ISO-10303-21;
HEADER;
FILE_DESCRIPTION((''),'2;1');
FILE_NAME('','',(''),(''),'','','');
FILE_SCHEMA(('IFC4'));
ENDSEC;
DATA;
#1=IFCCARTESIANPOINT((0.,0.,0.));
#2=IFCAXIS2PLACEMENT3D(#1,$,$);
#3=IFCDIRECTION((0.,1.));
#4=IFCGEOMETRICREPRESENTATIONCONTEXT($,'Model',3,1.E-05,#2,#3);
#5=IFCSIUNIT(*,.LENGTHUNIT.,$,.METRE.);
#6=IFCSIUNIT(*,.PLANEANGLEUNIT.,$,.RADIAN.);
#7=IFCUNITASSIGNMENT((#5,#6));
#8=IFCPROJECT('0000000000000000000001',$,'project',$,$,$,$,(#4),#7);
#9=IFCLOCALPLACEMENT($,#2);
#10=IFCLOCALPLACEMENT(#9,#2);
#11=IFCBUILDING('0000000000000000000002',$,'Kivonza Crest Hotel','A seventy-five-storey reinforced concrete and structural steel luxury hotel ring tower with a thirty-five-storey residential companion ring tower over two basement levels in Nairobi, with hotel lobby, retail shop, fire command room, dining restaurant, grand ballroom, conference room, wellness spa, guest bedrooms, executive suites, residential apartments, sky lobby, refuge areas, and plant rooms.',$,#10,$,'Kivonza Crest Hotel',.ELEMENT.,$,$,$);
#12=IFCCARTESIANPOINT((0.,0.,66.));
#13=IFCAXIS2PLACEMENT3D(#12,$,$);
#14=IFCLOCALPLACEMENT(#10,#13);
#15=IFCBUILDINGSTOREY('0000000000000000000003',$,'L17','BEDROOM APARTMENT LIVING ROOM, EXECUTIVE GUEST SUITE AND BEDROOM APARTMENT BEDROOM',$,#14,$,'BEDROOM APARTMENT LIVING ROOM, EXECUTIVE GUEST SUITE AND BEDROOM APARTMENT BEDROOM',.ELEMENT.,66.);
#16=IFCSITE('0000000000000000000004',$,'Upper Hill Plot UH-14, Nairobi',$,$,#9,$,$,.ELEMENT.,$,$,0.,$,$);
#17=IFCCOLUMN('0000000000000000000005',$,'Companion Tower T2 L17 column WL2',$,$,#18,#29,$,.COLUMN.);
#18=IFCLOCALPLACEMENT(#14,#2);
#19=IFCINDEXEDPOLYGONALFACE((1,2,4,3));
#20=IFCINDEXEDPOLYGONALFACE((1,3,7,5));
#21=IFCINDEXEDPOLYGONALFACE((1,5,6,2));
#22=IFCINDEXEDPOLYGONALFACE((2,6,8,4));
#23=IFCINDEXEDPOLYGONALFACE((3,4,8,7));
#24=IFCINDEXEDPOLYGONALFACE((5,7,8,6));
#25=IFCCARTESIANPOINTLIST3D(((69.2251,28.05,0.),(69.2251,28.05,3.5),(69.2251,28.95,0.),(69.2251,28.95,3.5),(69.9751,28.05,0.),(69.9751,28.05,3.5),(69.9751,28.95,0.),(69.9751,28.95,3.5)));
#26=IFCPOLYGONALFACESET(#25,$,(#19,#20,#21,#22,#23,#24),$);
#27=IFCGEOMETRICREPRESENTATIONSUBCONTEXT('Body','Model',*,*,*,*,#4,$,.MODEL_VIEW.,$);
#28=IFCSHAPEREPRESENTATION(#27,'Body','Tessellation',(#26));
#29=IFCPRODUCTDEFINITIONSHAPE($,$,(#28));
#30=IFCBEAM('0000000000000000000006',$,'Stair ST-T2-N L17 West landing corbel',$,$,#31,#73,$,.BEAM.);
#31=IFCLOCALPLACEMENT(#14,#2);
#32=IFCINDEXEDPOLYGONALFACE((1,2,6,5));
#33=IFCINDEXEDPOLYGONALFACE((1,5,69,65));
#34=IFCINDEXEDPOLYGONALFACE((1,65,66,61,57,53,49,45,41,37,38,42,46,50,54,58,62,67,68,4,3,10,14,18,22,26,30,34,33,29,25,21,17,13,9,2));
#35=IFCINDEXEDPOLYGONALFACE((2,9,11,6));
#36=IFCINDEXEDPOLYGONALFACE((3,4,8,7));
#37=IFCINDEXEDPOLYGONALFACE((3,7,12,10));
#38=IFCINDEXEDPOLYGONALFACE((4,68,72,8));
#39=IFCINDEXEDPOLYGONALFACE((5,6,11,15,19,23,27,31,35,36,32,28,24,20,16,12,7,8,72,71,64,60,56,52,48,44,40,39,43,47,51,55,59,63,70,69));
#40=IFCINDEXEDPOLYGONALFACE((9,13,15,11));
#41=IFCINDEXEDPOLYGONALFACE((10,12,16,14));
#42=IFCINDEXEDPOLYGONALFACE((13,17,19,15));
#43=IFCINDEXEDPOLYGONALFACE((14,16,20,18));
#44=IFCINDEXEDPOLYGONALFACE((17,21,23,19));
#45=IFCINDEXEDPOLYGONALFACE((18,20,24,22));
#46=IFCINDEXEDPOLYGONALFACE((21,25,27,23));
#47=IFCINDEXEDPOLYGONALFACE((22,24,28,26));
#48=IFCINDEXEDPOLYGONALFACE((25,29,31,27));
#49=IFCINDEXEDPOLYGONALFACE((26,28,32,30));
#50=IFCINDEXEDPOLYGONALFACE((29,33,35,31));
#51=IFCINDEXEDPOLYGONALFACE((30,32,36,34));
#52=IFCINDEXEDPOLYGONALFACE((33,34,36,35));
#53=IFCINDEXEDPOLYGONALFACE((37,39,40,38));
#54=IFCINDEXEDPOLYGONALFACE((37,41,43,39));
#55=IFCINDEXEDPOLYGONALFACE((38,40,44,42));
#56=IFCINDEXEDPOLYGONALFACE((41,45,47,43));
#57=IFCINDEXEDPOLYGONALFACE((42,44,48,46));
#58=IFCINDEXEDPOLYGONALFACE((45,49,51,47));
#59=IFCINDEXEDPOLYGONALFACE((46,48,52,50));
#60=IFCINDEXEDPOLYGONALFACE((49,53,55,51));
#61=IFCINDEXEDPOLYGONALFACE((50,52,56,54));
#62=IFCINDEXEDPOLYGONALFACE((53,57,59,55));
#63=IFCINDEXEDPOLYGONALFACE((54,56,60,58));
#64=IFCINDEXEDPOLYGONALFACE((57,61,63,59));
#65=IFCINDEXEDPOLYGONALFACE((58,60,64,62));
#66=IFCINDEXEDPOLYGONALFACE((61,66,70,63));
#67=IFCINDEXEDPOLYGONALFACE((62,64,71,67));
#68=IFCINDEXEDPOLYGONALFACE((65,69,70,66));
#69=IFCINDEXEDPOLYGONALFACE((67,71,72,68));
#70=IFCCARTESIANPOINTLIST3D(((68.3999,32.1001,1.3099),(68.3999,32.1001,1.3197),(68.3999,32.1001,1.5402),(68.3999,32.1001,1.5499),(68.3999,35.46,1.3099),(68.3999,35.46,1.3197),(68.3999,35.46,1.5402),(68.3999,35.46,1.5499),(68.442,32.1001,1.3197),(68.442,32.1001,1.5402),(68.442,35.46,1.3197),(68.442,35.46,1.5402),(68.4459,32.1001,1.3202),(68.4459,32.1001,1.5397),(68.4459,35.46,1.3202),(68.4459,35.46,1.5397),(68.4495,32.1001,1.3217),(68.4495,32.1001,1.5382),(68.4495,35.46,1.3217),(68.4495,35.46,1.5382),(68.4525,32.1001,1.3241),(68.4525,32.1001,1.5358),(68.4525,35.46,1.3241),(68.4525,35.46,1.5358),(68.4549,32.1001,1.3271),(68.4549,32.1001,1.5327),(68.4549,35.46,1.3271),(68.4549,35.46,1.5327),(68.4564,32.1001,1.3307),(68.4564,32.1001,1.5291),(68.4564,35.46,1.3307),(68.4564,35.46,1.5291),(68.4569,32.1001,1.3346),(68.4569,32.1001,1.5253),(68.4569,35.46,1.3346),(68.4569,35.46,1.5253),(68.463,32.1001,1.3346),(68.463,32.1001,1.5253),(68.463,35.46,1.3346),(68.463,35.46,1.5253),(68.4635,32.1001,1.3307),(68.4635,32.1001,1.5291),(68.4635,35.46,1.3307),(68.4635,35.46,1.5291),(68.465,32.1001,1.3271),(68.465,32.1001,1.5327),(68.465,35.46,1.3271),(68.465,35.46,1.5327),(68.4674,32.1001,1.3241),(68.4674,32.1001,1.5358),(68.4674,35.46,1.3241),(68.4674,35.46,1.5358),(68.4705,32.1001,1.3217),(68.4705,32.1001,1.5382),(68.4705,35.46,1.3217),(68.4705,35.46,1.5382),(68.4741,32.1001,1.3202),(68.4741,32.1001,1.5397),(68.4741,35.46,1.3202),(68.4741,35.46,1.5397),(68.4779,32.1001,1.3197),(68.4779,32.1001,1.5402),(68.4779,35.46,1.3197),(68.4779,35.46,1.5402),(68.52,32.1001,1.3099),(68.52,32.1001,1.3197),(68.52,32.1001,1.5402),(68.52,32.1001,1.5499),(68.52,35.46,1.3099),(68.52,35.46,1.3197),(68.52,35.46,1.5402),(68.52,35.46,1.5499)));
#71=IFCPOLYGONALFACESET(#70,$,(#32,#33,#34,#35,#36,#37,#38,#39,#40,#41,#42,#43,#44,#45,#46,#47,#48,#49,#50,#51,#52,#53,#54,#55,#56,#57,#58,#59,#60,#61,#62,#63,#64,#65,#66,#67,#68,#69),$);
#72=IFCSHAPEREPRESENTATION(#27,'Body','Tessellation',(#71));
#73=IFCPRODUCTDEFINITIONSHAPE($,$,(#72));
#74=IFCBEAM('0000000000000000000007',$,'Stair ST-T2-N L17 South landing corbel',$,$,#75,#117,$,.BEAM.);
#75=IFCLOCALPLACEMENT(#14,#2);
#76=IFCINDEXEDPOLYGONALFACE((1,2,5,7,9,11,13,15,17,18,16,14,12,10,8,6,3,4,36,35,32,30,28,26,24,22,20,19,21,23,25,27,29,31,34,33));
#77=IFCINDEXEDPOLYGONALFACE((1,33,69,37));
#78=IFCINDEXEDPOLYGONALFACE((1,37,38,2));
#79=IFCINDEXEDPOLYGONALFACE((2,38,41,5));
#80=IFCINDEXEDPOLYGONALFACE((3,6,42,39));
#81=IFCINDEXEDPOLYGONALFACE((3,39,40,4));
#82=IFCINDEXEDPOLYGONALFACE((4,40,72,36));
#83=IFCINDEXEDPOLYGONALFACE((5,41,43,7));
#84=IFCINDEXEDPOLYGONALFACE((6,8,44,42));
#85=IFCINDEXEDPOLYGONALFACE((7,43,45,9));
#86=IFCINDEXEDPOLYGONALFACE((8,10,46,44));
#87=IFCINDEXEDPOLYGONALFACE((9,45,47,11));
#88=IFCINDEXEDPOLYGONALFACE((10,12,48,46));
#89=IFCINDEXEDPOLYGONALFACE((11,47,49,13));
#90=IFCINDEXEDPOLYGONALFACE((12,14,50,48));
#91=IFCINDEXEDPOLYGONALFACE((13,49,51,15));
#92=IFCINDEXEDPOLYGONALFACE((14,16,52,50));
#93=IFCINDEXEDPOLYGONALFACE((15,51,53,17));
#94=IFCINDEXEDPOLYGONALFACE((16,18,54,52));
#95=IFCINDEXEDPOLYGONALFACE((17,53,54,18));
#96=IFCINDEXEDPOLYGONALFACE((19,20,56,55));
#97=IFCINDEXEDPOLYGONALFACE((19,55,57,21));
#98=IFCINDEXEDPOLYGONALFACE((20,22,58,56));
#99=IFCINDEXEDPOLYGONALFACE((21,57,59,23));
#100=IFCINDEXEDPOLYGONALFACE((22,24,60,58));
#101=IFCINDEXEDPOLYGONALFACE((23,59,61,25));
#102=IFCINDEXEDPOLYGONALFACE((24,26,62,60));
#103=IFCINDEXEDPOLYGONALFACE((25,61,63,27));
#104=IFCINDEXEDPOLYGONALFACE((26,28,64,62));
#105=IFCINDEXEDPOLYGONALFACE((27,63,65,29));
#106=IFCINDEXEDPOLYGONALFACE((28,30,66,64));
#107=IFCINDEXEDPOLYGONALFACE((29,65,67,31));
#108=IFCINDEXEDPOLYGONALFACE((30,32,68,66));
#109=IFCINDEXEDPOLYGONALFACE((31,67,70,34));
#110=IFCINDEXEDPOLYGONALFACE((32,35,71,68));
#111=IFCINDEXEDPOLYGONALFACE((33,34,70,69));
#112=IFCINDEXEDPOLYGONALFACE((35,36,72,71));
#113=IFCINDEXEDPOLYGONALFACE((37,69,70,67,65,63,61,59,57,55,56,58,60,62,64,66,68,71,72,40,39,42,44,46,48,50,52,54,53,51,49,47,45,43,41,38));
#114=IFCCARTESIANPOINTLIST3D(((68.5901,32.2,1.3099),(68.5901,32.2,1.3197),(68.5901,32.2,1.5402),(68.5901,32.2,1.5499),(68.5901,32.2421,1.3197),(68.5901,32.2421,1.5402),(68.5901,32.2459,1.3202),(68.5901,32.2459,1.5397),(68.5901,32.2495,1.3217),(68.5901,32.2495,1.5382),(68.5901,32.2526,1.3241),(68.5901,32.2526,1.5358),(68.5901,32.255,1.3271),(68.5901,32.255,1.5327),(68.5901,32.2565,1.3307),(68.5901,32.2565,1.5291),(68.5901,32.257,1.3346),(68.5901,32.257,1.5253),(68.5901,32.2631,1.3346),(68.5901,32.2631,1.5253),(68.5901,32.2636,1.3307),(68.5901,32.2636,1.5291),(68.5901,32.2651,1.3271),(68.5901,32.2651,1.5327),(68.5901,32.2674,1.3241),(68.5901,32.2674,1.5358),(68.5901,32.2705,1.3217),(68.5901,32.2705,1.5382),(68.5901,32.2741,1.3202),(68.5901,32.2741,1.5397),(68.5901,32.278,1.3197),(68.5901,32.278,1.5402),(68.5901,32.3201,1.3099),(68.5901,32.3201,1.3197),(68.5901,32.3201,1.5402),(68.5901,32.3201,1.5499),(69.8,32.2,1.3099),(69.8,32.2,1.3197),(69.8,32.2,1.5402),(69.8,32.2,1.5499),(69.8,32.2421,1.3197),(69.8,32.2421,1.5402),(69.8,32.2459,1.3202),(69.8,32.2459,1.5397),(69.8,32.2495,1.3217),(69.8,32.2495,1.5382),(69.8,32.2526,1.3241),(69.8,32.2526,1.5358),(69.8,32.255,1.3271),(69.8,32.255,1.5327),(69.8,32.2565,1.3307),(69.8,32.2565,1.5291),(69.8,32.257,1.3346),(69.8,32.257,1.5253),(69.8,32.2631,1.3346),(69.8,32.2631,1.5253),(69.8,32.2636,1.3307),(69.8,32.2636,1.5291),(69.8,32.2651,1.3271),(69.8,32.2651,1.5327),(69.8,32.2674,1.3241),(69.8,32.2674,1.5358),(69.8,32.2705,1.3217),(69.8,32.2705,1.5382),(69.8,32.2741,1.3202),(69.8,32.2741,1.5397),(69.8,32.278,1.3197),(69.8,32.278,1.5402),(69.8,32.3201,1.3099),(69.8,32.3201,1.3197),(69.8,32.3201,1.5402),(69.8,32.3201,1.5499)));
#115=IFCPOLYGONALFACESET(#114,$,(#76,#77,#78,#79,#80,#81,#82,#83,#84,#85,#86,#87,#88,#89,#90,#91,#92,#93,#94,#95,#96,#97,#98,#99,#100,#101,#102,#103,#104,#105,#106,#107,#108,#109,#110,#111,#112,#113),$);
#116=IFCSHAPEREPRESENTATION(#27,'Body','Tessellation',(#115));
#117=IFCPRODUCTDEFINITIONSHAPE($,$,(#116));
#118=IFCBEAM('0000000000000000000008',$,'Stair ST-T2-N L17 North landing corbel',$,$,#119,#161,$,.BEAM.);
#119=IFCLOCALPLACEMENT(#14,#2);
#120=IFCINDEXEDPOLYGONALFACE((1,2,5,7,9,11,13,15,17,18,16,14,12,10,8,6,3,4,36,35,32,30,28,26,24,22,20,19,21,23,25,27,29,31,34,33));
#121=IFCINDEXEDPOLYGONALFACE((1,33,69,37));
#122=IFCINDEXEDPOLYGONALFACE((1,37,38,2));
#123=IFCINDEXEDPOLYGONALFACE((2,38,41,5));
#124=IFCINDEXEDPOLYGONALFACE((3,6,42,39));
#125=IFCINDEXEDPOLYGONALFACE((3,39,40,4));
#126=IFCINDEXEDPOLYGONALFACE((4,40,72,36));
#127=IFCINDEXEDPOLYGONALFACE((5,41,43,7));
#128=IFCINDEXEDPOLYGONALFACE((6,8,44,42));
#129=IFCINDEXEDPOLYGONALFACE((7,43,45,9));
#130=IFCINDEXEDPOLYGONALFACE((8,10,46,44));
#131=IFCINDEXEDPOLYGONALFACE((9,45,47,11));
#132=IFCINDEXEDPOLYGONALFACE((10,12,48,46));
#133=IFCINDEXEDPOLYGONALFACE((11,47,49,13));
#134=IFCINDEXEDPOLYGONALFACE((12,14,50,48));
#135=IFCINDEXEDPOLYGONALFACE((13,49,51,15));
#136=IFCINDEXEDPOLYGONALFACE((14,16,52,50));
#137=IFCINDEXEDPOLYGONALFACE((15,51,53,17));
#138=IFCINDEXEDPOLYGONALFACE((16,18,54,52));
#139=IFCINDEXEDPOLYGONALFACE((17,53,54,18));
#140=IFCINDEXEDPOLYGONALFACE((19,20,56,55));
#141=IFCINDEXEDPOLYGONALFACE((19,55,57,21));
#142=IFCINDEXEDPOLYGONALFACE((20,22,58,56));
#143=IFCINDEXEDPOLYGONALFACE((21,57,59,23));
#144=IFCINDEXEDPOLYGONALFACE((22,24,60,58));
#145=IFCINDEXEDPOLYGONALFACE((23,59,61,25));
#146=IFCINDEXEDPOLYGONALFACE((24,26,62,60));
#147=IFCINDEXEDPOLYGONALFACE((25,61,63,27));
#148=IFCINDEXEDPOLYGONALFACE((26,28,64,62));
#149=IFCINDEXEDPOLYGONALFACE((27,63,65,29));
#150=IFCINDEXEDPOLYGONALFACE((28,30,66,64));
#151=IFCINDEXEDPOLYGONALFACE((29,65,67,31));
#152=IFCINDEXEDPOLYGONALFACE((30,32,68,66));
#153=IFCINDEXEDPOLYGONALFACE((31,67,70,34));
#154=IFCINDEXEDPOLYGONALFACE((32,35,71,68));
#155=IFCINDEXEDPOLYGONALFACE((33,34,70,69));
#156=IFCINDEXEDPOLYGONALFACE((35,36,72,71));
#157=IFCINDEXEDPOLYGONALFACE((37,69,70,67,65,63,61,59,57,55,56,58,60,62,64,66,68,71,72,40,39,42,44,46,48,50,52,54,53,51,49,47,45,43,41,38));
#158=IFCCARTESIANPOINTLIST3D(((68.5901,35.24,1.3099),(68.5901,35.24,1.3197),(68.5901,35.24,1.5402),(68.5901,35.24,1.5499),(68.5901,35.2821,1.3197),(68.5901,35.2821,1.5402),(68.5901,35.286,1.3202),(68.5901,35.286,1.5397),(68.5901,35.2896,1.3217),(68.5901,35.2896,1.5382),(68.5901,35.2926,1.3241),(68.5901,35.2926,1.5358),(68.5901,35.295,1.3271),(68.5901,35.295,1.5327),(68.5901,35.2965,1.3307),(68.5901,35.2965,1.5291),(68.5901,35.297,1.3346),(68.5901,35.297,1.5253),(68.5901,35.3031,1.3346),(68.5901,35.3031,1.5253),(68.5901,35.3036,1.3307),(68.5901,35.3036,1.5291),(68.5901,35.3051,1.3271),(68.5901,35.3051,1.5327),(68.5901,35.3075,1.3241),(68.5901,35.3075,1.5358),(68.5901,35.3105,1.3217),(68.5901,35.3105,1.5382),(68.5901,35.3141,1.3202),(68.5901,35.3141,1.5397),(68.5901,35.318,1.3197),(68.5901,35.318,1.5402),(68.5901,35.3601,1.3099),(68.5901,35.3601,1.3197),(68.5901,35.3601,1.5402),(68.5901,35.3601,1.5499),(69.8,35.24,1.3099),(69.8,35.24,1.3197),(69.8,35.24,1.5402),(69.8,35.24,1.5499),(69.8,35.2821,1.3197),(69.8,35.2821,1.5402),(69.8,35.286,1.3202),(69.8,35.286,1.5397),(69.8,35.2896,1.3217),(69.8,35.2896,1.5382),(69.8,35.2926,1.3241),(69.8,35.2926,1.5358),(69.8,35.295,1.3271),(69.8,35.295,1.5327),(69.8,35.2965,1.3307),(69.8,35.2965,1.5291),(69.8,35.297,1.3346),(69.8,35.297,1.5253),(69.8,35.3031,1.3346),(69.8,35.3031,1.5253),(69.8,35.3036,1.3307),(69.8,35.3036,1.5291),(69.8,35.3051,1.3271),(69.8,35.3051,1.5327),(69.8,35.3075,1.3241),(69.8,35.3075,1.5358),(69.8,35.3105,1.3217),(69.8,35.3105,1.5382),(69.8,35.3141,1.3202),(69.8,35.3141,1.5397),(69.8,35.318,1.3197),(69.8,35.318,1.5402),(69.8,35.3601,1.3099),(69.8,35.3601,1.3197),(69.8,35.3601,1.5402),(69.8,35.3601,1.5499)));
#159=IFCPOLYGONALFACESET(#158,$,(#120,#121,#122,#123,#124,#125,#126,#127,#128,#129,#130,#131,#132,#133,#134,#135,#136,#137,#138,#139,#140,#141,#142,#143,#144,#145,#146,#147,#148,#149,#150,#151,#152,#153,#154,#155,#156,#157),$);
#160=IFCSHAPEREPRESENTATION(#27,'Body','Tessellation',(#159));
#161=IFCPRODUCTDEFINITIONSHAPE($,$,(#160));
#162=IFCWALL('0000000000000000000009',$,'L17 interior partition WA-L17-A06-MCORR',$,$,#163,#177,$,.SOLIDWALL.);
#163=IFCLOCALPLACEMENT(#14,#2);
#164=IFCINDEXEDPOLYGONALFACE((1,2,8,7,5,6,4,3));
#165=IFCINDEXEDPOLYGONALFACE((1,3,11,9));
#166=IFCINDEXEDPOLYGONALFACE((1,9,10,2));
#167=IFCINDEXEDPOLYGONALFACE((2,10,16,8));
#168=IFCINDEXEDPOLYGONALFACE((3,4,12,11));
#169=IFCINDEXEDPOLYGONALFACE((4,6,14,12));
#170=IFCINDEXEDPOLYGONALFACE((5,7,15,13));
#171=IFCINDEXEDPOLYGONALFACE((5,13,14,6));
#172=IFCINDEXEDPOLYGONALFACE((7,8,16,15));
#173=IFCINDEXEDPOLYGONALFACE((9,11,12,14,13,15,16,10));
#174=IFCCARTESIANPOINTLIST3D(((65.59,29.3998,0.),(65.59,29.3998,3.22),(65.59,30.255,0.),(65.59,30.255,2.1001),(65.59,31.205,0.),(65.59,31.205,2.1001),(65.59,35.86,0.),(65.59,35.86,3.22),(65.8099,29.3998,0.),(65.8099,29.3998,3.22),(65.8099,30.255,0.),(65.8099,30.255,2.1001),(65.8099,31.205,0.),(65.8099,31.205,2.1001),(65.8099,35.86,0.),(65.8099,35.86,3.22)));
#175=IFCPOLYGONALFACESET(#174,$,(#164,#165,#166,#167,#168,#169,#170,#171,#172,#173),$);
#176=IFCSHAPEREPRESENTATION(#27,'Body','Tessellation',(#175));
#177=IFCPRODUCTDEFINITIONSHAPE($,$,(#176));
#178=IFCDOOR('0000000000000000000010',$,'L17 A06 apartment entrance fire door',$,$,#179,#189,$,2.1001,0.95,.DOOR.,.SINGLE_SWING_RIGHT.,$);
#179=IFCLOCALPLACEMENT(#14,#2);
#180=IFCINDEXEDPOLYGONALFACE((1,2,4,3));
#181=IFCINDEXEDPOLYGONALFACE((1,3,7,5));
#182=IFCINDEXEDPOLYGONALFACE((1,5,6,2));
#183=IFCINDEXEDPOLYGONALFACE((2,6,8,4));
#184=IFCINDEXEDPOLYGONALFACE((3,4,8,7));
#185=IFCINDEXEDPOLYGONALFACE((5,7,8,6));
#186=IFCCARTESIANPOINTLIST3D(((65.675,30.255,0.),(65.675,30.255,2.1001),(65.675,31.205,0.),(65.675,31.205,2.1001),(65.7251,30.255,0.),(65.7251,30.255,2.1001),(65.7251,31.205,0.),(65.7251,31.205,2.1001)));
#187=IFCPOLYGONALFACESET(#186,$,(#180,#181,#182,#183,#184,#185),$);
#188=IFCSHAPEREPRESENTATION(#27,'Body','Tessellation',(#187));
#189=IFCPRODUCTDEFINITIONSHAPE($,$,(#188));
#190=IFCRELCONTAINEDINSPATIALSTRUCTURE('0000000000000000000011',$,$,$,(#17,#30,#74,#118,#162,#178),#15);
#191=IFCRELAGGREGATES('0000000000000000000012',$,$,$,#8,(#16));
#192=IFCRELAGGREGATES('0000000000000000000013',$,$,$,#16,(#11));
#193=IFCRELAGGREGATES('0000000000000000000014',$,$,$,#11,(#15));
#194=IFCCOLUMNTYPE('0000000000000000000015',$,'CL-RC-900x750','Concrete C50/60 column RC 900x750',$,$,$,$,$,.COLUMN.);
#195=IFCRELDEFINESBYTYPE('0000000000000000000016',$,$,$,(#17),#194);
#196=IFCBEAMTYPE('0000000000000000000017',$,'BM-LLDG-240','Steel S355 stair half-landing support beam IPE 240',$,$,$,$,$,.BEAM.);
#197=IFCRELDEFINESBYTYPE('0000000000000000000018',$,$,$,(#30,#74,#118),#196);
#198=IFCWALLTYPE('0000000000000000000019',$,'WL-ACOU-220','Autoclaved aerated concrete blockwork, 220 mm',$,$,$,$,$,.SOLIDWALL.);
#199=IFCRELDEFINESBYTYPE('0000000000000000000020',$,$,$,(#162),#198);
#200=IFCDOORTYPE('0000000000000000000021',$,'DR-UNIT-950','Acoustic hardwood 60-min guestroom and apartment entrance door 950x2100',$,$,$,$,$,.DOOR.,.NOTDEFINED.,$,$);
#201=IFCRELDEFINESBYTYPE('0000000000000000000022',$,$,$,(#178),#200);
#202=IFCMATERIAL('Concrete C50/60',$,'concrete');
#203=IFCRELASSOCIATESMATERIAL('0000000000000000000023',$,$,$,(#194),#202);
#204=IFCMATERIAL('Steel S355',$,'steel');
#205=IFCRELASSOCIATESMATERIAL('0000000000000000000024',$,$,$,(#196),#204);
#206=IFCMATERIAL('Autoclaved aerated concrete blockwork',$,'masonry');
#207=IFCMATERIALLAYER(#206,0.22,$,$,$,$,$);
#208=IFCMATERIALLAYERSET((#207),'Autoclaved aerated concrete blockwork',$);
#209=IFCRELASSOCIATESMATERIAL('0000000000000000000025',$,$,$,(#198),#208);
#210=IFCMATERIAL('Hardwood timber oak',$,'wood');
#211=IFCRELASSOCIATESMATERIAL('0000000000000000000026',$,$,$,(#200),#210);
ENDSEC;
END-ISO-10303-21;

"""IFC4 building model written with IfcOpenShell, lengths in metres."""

from ifc_helpers import new_model, si_unit, direction, frame, frame_2d, origin, origin_2d, place, context, subcontext, project, spatial, rectangle, i_section, extrude, material, layer, layer_set, material_profile, profile_set, type_object, element, fill, save


model = new_model("IFC4")

# Units and contexts
model_context = context("Model", 3, precision=1e-05, world=origin(), true_north=direction((0.0, 1.0)))
body_context = subcontext(model_context, "Body", "Model", "MODEL_VIEW")
ifc_project = project(units=[si_unit("LENGTHUNIT", "METRE"), si_unit("PLANEANGLEUNIT", "RADIAN")], contexts=[model_context])

# Site, building, storey
site_placement = place(None, origin())
site = spatial("IfcSite", under=ifc_project, at=site_placement, Name="Upper Hill Plot UH-14, Nairobi", CompositionType="ELEMENT", RefElevation=0.0)
building_placement = place(site_placement, origin())
building = spatial("IfcBuilding", under=site, at=building_placement, Name="Kivonza Crest Hotel", Description="A seventy-five-storey reinforced concrete and structural steel luxury hotel ring tower with a thirty-five-storey residential companion ring tower over two basement levels in Nairobi, with hotel lobby, retail shop, fire command room, dining restaurant, grand ballroom, conference room, wellness spa, guest bedrooms, executive suites, residential apartments, sky lobby, refuge areas, and plant rooms.", LongName="Kivonza Crest Hotel", CompositionType="ELEMENT")
storey_placement = place(building_placement, frame((0.0, 0.0, 66.0)))
storey = spatial("IfcBuildingStorey", under=building, at=storey_placement, Name="L17", Description="BEDROOM APARTMENT LIVING ROOM, EXECUTIVE GUEST SUITE AND BEDROOM APARTMENT BEDROOM", LongName="BEDROOM APARTMENT LIVING ROOM, EXECUTIVE GUEST SUITE AND BEDROOM APARTMENT BEDROOM", CompositionType="ELEMENT", Elevation=66.0)

# Column
ifc_material_1 = material(Name="Concrete C50/60", Category="concrete")
ifc_material_profile_1 = material_profile(ifc_material_1, rectangle(XDim=0.75, YDim=0.8999, at=origin_2d()), Name="RC 900x750")
ifc_profile_set_1 = profile_set([ifc_material_profile_1], Name="Concrete C50/60")
column_type = type_object("IfcColumnType", Name="CL-RC-900x750", Description="Concrete C50/60 column RC 900x750", PredefinedType="COLUMN", material=ifc_profile_set_1)
column_placement = place(storey_placement, frame((69.6001, 28.5, 0.0), z_axis=(0.0, 0.0, 1.0), x_axis=(1.0, 0.0, 0.0)))
element("IfcColumn", 1, at=column_placement, inside=storey, type_object=column_type, Name="Companion Tower T2 L17 column WL2", PredefinedType="COLUMN", context=body_context, shape_type="SweptSolid", body=[
    extrude(rectangle(XDim=0.75, YDim=0.8999, at=origin_2d()), origin(), (0.0, 0.0, 1.0), 3.5),
])

# Beams
ifc_material_2 = material(Name="Steel S355", Category="steel")
ifc_material_profile_2 = material_profile(ifc_material_2, i_section(OverallWidth=0.1201, OverallDepth=0.24, WebThickness=0.0061, FlangeThickness=0.0098, FilletRadius=0.0149, at=origin_2d()), Name="IPE 240")
ifc_profile_set_2 = profile_set([ifc_material_profile_2], Name="Steel S355")
beam_type = type_object("IfcBeamType", Name="BM-LLDG-240", Description="Steel S355 stair half-landing support beam IPE 240", PredefinedType="BEAM", material=ifc_profile_set_2)
beam_placement = place(storey_placement, frame((68.46, 32.1001, 1.4299), z_axis=(0.0, 1.0, 0.0), x_axis=(-1.0, 0.0, 0.0)))
element("IfcBeam", 2, at=beam_placement, inside=storey, type_object=beam_type, Name="Stair ST-T2-N L17 West landing corbel", PredefinedType="BEAM", context=body_context, shape_type="SweptSolid", body=[
    extrude(i_section(OverallWidth=0.1201, OverallDepth=0.24, WebThickness=0.0061, FlangeThickness=0.0098, FilletRadius=0.0149, at=origin_2d()), origin(), (0.0, 0.0, 1.0), 3.3599),
])
for number, where, z_axis, x_axis, name in (
    (3, (68.5901, 32.26, 1.4299), (1.0, 0.0, 0.0), (0.0, 1.0, 0.0), "Stair ST-T2-N L17 South landing corbel"),
    (4, (68.5901, 35.3, 1.4299), (1.0, 0.0, 0.0), (0.0, 1.0, 0.0), "Stair ST-T2-N L17 North landing corbel"),
):
    element("IfcBeam", number, at=place(storey_placement, frame(where, z_axis=z_axis, x_axis=x_axis)), inside=storey, type_object=beam_type, Name=name, PredefinedType="BEAM", context=body_context, shape_type="SweptSolid", body=[
        extrude(i_section(OverallWidth=0.1201, OverallDepth=0.24, WebThickness=0.0061, FlangeThickness=0.0098, FilletRadius=0.0149, at=origin_2d()), origin(), (0.0, 0.0, 1.0), 1.21),
    ])

# Wall, opening, door
ifc_material_3 = material(Name="Autoclaved aerated concrete blockwork", Category="masonry")
ifc_layer_1 = layer(ifc_material_3, 0.22)
ifc_layer_set_1 = layer_set([ifc_layer_1], Name="Autoclaved aerated concrete blockwork")
wall_type_1 = type_object("IfcWallType", Name="WL-ACOU-220", Description="Autoclaved aerated concrete blockwork, 220 mm", PredefinedType="SOLIDWALL", material=ifc_layer_set_1)
wall_1_placement = place(storey_placement, frame((65.7, 29.3999, 0.0), z_axis=(0.0, 0.0, 1.0), x_axis=(0.0, 1.0, 0.0)))
wall_1 = element("IfcWall", 5, at=wall_1_placement, inside=storey, type_object=wall_type_1, Name="L17 interior partition WA-L17-A06-MCORR", PredefinedType="SOLIDWALL", context=body_context, shape_type="SweptSolid", body=[
    extrude(rectangle(XDim=6.4602, YDim=0.22, at=frame_2d((3.23, 0.0))), origin(), (0.0, 0.0, 1.0), 3.22),
])
opening_1_placement = place(wall_1_placement, frame((0.855, 0.0, 0.0)))
opening_1 = element("IfcOpeningElement", 6, at=opening_1_placement, cuts=wall_1, PredefinedType="OPENING", context=body_context, shape_type="SweptSolid", body=[
    extrude(rectangle(XDim=0.95, YDim=2.1001, at=frame_2d((0.4751, 1.05))), frame((0.0, 0.1201, 0.0), z_axis=(0.0, -1.0, 0.0), x_axis=(1.0, 0.0, 0.0)), (0.0, 0.0, 1.0), 0.24),
])
ifc_material_4 = material(Name="Hardwood timber oak", Category="wood")
door_type = type_object("IfcDoorType", Name="DR-UNIT-950", Description="Acoustic hardwood 60-min guestroom and apartment entrance door 950x2100", OperationType="NOTDEFINED", PredefinedType="DOOR", material=ifc_material_4)
door_placement = place(opening_1_placement, origin())
door = element("IfcDoor", 7, at=door_placement, inside=storey, type_object=door_type, Name="L17 A06 apartment entrance fire door", OperationType="SINGLE_SWING_RIGHT", OverallHeight=2.1001, OverallWidth=0.95, PredefinedType="DOOR", context=body_context, shape_type="SweptSolid", body=[
    extrude(rectangle(XDim=0.95, YDim=2.1001, at=frame_2d((0.4751, 1.05))), frame((0.0, 0.0249, 0.0), z_axis=(0.0, -1.0, 0.0), x_axis=(1.0, 0.0, 0.0)), (0.0, 0.0, 1.0), 0.05),
])
fill(opening_1, door)

save(model, "model.ifc")
